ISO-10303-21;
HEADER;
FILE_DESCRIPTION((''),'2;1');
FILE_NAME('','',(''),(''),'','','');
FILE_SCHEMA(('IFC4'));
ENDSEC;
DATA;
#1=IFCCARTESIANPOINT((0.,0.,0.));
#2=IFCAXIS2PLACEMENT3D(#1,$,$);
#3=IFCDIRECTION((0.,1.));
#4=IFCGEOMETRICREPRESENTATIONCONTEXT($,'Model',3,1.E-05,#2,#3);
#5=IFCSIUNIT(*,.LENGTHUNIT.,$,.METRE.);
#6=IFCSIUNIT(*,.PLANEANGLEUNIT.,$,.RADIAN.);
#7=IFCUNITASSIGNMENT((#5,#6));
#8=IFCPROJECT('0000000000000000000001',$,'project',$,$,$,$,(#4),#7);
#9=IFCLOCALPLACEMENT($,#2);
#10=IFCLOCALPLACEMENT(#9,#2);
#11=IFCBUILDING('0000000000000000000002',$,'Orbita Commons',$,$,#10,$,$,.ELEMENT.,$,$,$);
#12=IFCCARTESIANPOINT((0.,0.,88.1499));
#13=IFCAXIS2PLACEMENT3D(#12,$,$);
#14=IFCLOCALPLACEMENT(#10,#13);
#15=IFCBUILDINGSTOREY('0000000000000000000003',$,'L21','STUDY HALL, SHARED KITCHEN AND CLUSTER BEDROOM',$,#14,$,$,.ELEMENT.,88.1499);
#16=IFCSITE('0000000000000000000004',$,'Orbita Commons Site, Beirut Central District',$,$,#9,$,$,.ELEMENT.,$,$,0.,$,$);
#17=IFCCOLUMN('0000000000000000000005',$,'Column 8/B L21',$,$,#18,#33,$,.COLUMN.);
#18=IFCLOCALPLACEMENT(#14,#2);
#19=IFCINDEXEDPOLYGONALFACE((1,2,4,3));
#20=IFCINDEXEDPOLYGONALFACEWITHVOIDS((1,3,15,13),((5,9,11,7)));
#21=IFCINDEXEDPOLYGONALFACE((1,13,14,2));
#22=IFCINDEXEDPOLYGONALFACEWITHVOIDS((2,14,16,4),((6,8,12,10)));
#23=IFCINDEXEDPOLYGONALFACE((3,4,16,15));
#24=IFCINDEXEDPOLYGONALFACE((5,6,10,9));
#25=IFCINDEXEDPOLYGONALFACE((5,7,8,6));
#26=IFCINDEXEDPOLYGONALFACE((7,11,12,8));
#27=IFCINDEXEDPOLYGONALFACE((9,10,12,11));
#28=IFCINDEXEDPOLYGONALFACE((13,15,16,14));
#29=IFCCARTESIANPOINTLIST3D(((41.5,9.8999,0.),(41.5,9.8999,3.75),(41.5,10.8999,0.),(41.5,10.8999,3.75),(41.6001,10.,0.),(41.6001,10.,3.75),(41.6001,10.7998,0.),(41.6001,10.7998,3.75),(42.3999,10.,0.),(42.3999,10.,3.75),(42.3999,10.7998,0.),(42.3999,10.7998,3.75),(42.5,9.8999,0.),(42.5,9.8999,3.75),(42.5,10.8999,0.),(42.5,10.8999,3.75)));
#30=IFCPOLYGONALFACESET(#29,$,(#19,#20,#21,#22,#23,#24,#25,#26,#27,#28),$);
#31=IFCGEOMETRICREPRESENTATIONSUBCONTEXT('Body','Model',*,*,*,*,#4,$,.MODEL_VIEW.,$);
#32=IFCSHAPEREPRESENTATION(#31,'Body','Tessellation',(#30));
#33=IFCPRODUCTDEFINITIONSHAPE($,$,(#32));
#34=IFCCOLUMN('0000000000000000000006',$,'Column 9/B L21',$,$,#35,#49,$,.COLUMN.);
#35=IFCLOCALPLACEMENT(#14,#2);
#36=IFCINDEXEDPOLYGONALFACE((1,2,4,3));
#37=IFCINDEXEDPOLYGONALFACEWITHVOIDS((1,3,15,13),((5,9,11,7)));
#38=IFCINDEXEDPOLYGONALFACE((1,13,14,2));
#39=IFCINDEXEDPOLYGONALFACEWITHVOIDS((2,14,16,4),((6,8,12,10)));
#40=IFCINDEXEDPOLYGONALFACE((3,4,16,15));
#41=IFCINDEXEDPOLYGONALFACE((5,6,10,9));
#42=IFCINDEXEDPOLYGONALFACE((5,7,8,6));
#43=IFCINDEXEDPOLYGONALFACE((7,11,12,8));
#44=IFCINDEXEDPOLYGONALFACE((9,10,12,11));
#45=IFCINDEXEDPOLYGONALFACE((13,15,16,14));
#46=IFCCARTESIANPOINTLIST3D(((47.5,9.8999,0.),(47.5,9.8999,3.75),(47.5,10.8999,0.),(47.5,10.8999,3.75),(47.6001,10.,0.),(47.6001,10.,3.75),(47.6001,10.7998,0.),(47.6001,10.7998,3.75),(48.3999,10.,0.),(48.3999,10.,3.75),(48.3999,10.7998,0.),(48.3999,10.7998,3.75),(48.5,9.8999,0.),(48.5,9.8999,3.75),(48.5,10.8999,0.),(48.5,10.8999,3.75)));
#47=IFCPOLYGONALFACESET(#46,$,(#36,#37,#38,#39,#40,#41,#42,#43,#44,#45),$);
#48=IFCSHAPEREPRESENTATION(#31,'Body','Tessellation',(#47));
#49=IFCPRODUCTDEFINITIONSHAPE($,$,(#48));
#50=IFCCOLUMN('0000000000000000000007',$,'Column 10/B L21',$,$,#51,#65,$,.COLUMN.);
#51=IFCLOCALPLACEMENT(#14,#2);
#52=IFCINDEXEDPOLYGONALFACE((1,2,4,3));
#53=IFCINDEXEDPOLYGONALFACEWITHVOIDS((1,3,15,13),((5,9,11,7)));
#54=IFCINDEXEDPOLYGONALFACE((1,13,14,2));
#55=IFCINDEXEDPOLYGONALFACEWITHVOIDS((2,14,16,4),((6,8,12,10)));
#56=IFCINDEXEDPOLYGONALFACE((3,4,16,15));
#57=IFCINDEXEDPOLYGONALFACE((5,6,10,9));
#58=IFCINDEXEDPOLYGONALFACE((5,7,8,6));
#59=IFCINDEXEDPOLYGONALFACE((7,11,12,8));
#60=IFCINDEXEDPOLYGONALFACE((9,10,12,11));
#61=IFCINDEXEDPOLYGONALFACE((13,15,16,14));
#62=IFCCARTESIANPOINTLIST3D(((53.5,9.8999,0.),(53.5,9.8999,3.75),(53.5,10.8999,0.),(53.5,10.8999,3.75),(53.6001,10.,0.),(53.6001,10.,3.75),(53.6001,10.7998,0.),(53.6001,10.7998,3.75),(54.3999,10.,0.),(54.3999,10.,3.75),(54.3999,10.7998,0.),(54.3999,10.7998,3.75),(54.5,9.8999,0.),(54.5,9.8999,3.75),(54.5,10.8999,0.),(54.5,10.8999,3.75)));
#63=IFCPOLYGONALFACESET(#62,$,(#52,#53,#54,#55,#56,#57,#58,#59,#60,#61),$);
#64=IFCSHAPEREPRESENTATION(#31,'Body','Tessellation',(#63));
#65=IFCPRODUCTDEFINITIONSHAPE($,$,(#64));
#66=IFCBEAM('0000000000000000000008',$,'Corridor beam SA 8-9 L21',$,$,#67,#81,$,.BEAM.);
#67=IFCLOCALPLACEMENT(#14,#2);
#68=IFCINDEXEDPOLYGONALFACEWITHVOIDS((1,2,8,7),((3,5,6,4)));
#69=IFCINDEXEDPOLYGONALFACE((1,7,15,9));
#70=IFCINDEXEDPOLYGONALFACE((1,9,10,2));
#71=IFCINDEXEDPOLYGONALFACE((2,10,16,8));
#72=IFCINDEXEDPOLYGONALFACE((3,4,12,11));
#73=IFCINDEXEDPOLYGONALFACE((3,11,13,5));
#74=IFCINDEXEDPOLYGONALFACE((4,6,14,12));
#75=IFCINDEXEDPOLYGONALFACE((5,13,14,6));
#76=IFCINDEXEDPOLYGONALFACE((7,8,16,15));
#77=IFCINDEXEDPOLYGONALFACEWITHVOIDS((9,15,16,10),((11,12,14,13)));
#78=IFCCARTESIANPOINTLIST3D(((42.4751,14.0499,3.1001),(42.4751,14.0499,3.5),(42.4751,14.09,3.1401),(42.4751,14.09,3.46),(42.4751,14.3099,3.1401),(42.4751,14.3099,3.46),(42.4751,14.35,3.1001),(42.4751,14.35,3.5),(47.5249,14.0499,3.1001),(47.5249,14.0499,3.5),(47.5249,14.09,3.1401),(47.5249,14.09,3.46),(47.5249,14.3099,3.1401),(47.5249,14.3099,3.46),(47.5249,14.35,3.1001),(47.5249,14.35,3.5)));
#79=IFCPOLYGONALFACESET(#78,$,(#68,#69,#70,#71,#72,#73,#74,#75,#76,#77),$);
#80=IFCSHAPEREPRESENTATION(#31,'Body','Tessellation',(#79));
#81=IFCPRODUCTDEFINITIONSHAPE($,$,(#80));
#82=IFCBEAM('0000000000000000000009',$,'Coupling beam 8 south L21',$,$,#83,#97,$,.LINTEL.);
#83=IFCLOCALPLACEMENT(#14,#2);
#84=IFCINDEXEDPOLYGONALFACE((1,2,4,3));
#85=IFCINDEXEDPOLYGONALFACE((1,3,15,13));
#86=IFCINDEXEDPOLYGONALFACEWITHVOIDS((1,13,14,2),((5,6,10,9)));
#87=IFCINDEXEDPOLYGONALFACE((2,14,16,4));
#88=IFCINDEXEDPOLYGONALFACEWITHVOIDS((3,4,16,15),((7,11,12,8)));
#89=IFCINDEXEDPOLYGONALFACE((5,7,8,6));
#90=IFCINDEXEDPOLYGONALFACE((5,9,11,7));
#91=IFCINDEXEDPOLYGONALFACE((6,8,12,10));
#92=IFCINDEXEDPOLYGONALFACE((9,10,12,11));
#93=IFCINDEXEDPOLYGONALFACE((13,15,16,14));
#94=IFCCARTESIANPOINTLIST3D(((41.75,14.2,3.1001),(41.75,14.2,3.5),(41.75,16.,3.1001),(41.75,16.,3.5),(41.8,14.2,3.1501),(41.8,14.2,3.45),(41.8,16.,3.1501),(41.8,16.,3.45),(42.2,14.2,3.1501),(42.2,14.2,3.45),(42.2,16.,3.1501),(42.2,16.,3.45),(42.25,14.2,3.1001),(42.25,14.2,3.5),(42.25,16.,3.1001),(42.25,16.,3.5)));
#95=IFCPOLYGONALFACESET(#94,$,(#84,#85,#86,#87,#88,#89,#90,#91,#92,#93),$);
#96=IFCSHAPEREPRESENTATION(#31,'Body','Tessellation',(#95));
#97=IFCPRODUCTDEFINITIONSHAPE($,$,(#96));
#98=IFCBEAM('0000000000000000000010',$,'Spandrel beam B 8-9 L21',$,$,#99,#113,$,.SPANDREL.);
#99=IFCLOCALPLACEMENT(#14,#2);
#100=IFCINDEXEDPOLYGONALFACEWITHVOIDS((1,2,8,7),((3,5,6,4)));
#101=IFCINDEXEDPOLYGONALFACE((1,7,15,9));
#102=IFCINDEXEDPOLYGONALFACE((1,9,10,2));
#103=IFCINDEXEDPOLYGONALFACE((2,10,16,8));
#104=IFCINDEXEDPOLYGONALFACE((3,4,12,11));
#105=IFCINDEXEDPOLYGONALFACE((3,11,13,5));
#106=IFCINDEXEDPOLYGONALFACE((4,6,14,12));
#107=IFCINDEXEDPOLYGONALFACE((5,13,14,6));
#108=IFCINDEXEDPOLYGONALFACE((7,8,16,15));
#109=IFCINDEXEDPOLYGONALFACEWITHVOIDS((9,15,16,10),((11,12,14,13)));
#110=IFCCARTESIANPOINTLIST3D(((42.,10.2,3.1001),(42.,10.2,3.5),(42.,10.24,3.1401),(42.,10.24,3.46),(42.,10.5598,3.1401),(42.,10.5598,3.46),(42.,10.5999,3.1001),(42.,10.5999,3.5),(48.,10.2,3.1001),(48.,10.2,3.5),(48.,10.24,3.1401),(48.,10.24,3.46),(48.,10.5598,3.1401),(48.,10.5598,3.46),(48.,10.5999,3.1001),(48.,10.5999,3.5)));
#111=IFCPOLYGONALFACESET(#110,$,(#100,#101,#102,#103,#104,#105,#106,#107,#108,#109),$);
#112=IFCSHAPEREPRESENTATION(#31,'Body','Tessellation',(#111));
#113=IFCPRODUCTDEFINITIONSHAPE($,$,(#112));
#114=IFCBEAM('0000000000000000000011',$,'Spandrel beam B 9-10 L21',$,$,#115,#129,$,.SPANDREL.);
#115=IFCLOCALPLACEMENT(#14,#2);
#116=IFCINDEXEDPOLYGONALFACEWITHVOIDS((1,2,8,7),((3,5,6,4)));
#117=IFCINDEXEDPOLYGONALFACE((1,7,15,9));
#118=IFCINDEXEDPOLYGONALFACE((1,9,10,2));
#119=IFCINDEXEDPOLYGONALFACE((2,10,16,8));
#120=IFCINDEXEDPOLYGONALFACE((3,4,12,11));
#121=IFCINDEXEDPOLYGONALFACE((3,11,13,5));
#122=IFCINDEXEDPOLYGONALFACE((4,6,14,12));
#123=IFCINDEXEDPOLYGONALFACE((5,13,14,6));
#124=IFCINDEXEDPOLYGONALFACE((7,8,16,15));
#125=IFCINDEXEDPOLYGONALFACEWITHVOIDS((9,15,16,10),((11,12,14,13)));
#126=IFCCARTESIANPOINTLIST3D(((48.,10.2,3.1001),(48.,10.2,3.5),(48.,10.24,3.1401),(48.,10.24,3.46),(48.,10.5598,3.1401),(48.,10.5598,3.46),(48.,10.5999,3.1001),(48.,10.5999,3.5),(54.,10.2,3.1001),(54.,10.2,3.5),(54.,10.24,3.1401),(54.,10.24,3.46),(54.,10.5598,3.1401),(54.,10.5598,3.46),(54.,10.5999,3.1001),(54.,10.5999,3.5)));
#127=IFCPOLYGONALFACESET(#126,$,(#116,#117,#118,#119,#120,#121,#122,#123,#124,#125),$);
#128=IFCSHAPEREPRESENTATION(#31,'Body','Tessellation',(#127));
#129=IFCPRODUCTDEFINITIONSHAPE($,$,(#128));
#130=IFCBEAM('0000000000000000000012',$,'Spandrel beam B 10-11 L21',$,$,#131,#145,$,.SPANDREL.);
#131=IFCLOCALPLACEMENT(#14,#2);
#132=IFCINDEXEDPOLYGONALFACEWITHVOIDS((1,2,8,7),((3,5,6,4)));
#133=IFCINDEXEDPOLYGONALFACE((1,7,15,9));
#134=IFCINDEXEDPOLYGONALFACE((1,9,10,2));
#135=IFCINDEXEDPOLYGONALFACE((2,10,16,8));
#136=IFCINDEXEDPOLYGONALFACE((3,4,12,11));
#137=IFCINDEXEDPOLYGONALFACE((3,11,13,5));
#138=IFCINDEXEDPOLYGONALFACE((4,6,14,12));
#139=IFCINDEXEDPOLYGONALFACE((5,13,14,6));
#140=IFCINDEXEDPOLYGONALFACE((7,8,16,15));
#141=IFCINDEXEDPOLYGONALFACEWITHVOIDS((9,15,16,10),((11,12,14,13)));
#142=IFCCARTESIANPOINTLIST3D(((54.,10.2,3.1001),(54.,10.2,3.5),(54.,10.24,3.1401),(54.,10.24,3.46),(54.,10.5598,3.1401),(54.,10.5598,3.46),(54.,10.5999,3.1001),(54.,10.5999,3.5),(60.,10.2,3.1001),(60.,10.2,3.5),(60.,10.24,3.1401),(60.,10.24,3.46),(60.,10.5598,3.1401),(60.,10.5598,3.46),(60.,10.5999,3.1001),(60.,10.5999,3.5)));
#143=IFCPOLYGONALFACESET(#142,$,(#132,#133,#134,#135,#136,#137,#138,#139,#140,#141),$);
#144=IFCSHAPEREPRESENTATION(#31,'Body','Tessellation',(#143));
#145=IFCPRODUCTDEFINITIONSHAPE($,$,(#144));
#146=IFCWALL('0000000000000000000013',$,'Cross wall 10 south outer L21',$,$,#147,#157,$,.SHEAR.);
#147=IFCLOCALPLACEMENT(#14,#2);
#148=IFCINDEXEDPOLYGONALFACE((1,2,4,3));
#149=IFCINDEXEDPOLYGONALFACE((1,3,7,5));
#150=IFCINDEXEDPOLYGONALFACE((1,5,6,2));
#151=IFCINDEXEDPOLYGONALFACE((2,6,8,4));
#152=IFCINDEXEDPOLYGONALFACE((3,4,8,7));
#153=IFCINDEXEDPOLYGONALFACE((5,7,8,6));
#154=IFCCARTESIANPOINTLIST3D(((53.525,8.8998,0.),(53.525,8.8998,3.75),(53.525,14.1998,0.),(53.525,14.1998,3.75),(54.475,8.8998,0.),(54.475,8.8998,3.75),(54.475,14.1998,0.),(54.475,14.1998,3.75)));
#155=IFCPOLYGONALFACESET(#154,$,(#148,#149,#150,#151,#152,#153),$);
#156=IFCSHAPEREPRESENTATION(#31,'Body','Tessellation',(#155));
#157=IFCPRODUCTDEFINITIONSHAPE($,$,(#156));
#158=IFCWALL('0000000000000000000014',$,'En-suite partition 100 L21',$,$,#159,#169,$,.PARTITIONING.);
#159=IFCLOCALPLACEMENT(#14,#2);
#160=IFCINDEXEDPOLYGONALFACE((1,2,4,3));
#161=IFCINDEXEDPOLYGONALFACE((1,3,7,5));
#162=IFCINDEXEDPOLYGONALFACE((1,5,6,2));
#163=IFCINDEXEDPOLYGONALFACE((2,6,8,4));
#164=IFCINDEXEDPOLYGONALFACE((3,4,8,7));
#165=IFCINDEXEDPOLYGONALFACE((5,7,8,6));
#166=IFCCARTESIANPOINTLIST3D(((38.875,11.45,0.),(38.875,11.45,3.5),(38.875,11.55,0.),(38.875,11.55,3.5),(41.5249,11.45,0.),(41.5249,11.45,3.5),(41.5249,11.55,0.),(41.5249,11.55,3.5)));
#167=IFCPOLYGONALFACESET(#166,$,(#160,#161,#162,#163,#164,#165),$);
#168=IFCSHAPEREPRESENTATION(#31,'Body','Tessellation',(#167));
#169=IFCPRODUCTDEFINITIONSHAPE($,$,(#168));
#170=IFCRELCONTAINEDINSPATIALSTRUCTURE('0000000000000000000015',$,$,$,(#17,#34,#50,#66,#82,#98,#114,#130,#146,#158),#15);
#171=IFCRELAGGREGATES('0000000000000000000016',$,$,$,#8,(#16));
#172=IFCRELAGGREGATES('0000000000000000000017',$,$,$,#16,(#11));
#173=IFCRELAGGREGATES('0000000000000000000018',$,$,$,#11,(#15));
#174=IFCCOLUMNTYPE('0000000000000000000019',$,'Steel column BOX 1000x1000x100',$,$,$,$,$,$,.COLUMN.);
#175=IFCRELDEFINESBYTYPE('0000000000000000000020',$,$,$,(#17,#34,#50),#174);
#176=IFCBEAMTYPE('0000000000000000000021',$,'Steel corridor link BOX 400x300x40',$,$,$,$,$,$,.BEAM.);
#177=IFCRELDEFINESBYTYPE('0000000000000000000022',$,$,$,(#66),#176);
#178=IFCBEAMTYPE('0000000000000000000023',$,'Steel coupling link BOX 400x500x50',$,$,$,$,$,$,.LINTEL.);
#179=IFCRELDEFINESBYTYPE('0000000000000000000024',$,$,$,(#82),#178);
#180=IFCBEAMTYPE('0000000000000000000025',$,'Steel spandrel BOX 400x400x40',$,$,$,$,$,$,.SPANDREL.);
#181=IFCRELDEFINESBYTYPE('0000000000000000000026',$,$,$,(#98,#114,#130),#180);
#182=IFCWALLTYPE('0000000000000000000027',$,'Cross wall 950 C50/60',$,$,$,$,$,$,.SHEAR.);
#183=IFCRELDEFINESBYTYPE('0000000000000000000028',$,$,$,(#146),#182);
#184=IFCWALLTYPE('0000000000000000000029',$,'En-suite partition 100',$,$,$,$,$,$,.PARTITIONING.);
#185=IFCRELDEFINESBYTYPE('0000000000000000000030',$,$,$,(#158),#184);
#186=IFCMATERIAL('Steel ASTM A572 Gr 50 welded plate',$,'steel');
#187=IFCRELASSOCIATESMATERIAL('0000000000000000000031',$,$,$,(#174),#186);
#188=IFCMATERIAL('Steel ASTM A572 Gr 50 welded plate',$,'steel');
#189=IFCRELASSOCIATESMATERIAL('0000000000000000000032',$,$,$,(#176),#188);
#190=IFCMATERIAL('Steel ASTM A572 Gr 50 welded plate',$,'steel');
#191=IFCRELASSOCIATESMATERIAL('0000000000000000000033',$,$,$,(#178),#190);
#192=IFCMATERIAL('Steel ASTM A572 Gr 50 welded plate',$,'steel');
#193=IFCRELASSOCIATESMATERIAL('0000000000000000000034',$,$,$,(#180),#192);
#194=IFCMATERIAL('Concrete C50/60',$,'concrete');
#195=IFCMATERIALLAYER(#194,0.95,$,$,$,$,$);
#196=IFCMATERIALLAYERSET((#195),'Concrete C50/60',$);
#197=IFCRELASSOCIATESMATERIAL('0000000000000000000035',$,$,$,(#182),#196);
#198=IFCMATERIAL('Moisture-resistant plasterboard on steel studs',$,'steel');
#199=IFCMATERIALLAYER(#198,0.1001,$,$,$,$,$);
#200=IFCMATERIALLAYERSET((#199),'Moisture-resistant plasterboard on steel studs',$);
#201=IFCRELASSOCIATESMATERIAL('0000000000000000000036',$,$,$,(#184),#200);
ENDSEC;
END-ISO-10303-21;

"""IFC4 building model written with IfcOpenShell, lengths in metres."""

from ifc_helpers import new_model, si_unit, direction, frame, frame_2d, origin, origin_2d, place, context, subcontext, project, spatial, rectangle, hollow_rectangle, extrude, material, layer, layer_set, material_profile, profile_set, type_object, element, save


model = new_model("IFC4")

# Units and contexts
model_context = context("Model", 3, precision=1e-05, world=origin(), true_north=direction((0.0, 1.0)))
body_context = subcontext(model_context, "Body", "Model", "MODEL_VIEW")
ifc_project = project(units=[si_unit("LENGTHUNIT", "METRE"), si_unit("PLANEANGLEUNIT", "RADIAN")], contexts=[model_context])

# Site, building, storey
site_placement = place(None, origin())
site = spatial("IfcSite", under=ifc_project, at=site_placement, Name="Orbita Commons Site, Beirut Central District", CompositionType="ELEMENT", RefElevation=0.0)
building_placement = place(site_placement, origin())
building = spatial("IfcBuilding", under=site, at=building_placement, Name="Orbita Commons", CompositionType="ELEMENT")
storey_placement = place(building_placement, frame((0.0, 0.0, 88.1499)))
storey = spatial("IfcBuildingStorey", under=building, at=storey_placement, Name="L21", Description="STUDY HALL, SHARED KITCHEN AND CLUSTER BEDROOM", CompositionType="ELEMENT", Elevation=88.1499)

# Columns
ifc_material_1 = material(Name="Steel ASTM A572 Gr 50 welded plate", Category="steel")
ifc_material_profile_1 = material_profile(ifc_material_1, hollow_rectangle(XDim=1.0, YDim=1.0, WallThickness=0.1001, at=origin_2d()), Name="BOX 1000x1000x100")
ifc_profile_set_1 = profile_set([ifc_material_profile_1], Name="Steel ASTM A572 Gr 50 welded plate")
column_type = type_object("IfcColumnType", Name="Steel column BOX 1000x1000x100", PredefinedType="COLUMN", material=ifc_profile_set_1)
for number, where, z_axis, x_axis, name in (
    (1, (42.0, 10.3999, 0.0), (0.0, 0.0, 1.0), (1.0, 0.0, 0.0), "Column 8/B L21"),
    (2, (48.0, 10.3999, 0.0), (0.0, 0.0, 1.0), (1.0, 0.0, 0.0), "Column 9/B L21"),
    (3, (54.0, 10.3999, 0.0), (0.0, 0.0, 1.0), (1.0, 0.0, 0.0), "Column 10/B L21"),
):
    element("IfcColumn", number, at=place(storey_placement, frame(where, z_axis=z_axis, x_axis=x_axis)), inside=storey, type_object=column_type, Name=name, PredefinedType="COLUMN", context=body_context, shape_type="SweptSolid", body=[
        extrude(hollow_rectangle(XDim=1.0, YDim=1.0, WallThickness=0.1001, at=origin_2d()), origin(), (0.0, 0.0, 1.0), 3.75),
    ])

# Beams
ifc_material_2 = material(Name="Steel ASTM A572 Gr 50 welded plate", Category="steel")
ifc_material_profile_2 = material_profile(ifc_material_2, hollow_rectangle(XDim=0.3, YDim=0.3999, WallThickness=0.04, at=origin_2d()), Name="BOX 400x300x40")
ifc_profile_set_2 = profile_set([ifc_material_profile_2], Name="Steel ASTM A572 Gr 50 welded plate")
beam_type_1 = type_object("IfcBeamType", Name="Steel corridor link BOX 400x300x40", PredefinedType="BEAM", material=ifc_profile_set_2)
beam_1_placement = place(storey_placement, frame((42.4751, 14.2, 3.3), z_axis=(1.0, 0.0, 0.0), x_axis=(0.0, 1.0, 0.0)))
element("IfcBeam", 4, at=beam_1_placement, inside=storey, type_object=beam_type_1, Name="Corridor beam SA 8-9 L21", PredefinedType="BEAM", context=body_context, shape_type="SweptSolid", body=[
    extrude(hollow_rectangle(XDim=0.3, YDim=0.3999, WallThickness=0.04, at=origin_2d()), origin(), (0.0, 0.0, 1.0), 5.0498),
])
ifc_material_3 = material(Name="Steel ASTM A572 Gr 50 welded plate", Category="steel")
ifc_material_profile_3 = material_profile(ifc_material_3, hollow_rectangle(XDim=0.5, YDim=0.3999, WallThickness=0.05, at=origin_2d()), Name="BOX 400x500x50")
ifc_profile_set_3 = profile_set([ifc_material_profile_3], Name="Steel ASTM A572 Gr 50 welded plate")
beam_type_2 = type_object("IfcBeamType", Name="Steel coupling link BOX 400x500x50", PredefinedType="LINTEL", material=ifc_profile_set_3)
beam_2_placement = place(storey_placement, frame((42.0, 14.2, 3.3), z_axis=(0.0, 1.0, 0.0), x_axis=(-1.0, 0.0, 0.0)))
element("IfcBeam", 5, at=beam_2_placement, inside=storey, type_object=beam_type_2, Name="Coupling beam 8 south L21", PredefinedType="LINTEL", context=body_context, shape_type="SweptSolid", body=[
    extrude(hollow_rectangle(XDim=0.5, YDim=0.3999, WallThickness=0.05, at=origin_2d()), origin(), (0.0, 0.0, 1.0), 1.8),
])
ifc_material_4 = material(Name="Steel ASTM A572 Gr 50 welded plate", Category="steel")
ifc_material_profile_4 = material_profile(ifc_material_4, hollow_rectangle(XDim=0.3999, YDim=0.3999, WallThickness=0.04, at=origin_2d()), Name="BOX 400x400x40")
ifc_profile_set_4 = profile_set([ifc_material_profile_4], Name="Steel ASTM A572 Gr 50 welded plate")
beam_type_3 = type_object("IfcBeamType", Name="Steel spandrel BOX 400x400x40", PredefinedType="SPANDREL", material=ifc_profile_set_4)
for number, where, z_axis, x_axis, name in (
    (6, (42.0, 10.3999, 3.3), (1.0, 0.0, 0.0), (0.0, 1.0, 0.0), "Spandrel beam B 8-9 L21"),
    (7, (48.0, 10.3999, 3.3), (1.0, 0.0, 0.0), (0.0, 1.0, 0.0), "Spandrel beam B 9-10 L21"),
    (8, (54.0, 10.3999, 3.3), (1.0, 0.0, 0.0), (0.0, 1.0, 0.0), "Spandrel beam B 10-11 L21"),
):
    element("IfcBeam", number, at=place(storey_placement, frame(where, z_axis=z_axis, x_axis=x_axis)), inside=storey, type_object=beam_type_3, Name=name, PredefinedType="SPANDREL", context=body_context, shape_type="SweptSolid", body=[
        extrude(hollow_rectangle(XDim=0.3999, YDim=0.3999, WallThickness=0.04, at=origin_2d()), origin(), (0.0, 0.0, 1.0), 6.0),
    ])

# Walls
ifc_material_5 = material(Name="Concrete C50/60", Category="concrete")
ifc_layer_1 = layer(ifc_material_5, 0.95)
ifc_layer_set_1 = layer_set([ifc_layer_1], Name="Concrete C50/60")
wall_type_1 = type_object("IfcWallType", Name="Cross wall 950 C50/60", PredefinedType="SHEAR", material=ifc_layer_set_1)
wall_1_placement = place(storey_placement, frame((54.0, 8.8999, 0.0), z_axis=(0.0, 0.0, 1.0), x_axis=(0.0, 1.0, 0.0)))
element("IfcWall", 9, at=wall_1_placement, inside=storey, type_object=wall_type_1, Name="Cross wall 10 south outer L21", PredefinedType="SHEAR", context=body_context, shape_type="SweptSolid", body=[
    extrude(rectangle(XDim=5.3, YDim=0.95, at=frame_2d((2.6499, 0.0))), origin(), (0.0, 0.0, 1.0), 3.75),
])
ifc_material_6 = material(Name="Moisture-resistant plasterboard on steel studs", Category="steel")
ifc_layer_2 = layer(ifc_material_6, 0.1001)
ifc_layer_set_2 = layer_set([ifc_layer_2], Name="Moisture-resistant plasterboard on steel studs")
wall_type_2 = type_object("IfcWallType", Name="En-suite partition 100", PredefinedType="PARTITIONING", material=ifc_layer_set_2)
wall_2_placement = place(storey_placement, frame((38.875, 11.5, 0.0), z_axis=(0.0, 0.0, 1.0), x_axis=(1.0, 0.0, 0.0)))
element("IfcWall", 10, at=wall_2_placement, inside=storey, type_object=wall_type_2, Name="En-suite partition 100 L21", PredefinedType="PARTITIONING", context=body_context, shape_type="SweptSolid", body=[
    extrude(rectangle(XDim=2.6499, YDim=0.1001, at=frame_2d((1.325, 0.0))), origin(), (0.0, 0.0, 1.0), 3.5),
])

save(model, "model.ifc")
